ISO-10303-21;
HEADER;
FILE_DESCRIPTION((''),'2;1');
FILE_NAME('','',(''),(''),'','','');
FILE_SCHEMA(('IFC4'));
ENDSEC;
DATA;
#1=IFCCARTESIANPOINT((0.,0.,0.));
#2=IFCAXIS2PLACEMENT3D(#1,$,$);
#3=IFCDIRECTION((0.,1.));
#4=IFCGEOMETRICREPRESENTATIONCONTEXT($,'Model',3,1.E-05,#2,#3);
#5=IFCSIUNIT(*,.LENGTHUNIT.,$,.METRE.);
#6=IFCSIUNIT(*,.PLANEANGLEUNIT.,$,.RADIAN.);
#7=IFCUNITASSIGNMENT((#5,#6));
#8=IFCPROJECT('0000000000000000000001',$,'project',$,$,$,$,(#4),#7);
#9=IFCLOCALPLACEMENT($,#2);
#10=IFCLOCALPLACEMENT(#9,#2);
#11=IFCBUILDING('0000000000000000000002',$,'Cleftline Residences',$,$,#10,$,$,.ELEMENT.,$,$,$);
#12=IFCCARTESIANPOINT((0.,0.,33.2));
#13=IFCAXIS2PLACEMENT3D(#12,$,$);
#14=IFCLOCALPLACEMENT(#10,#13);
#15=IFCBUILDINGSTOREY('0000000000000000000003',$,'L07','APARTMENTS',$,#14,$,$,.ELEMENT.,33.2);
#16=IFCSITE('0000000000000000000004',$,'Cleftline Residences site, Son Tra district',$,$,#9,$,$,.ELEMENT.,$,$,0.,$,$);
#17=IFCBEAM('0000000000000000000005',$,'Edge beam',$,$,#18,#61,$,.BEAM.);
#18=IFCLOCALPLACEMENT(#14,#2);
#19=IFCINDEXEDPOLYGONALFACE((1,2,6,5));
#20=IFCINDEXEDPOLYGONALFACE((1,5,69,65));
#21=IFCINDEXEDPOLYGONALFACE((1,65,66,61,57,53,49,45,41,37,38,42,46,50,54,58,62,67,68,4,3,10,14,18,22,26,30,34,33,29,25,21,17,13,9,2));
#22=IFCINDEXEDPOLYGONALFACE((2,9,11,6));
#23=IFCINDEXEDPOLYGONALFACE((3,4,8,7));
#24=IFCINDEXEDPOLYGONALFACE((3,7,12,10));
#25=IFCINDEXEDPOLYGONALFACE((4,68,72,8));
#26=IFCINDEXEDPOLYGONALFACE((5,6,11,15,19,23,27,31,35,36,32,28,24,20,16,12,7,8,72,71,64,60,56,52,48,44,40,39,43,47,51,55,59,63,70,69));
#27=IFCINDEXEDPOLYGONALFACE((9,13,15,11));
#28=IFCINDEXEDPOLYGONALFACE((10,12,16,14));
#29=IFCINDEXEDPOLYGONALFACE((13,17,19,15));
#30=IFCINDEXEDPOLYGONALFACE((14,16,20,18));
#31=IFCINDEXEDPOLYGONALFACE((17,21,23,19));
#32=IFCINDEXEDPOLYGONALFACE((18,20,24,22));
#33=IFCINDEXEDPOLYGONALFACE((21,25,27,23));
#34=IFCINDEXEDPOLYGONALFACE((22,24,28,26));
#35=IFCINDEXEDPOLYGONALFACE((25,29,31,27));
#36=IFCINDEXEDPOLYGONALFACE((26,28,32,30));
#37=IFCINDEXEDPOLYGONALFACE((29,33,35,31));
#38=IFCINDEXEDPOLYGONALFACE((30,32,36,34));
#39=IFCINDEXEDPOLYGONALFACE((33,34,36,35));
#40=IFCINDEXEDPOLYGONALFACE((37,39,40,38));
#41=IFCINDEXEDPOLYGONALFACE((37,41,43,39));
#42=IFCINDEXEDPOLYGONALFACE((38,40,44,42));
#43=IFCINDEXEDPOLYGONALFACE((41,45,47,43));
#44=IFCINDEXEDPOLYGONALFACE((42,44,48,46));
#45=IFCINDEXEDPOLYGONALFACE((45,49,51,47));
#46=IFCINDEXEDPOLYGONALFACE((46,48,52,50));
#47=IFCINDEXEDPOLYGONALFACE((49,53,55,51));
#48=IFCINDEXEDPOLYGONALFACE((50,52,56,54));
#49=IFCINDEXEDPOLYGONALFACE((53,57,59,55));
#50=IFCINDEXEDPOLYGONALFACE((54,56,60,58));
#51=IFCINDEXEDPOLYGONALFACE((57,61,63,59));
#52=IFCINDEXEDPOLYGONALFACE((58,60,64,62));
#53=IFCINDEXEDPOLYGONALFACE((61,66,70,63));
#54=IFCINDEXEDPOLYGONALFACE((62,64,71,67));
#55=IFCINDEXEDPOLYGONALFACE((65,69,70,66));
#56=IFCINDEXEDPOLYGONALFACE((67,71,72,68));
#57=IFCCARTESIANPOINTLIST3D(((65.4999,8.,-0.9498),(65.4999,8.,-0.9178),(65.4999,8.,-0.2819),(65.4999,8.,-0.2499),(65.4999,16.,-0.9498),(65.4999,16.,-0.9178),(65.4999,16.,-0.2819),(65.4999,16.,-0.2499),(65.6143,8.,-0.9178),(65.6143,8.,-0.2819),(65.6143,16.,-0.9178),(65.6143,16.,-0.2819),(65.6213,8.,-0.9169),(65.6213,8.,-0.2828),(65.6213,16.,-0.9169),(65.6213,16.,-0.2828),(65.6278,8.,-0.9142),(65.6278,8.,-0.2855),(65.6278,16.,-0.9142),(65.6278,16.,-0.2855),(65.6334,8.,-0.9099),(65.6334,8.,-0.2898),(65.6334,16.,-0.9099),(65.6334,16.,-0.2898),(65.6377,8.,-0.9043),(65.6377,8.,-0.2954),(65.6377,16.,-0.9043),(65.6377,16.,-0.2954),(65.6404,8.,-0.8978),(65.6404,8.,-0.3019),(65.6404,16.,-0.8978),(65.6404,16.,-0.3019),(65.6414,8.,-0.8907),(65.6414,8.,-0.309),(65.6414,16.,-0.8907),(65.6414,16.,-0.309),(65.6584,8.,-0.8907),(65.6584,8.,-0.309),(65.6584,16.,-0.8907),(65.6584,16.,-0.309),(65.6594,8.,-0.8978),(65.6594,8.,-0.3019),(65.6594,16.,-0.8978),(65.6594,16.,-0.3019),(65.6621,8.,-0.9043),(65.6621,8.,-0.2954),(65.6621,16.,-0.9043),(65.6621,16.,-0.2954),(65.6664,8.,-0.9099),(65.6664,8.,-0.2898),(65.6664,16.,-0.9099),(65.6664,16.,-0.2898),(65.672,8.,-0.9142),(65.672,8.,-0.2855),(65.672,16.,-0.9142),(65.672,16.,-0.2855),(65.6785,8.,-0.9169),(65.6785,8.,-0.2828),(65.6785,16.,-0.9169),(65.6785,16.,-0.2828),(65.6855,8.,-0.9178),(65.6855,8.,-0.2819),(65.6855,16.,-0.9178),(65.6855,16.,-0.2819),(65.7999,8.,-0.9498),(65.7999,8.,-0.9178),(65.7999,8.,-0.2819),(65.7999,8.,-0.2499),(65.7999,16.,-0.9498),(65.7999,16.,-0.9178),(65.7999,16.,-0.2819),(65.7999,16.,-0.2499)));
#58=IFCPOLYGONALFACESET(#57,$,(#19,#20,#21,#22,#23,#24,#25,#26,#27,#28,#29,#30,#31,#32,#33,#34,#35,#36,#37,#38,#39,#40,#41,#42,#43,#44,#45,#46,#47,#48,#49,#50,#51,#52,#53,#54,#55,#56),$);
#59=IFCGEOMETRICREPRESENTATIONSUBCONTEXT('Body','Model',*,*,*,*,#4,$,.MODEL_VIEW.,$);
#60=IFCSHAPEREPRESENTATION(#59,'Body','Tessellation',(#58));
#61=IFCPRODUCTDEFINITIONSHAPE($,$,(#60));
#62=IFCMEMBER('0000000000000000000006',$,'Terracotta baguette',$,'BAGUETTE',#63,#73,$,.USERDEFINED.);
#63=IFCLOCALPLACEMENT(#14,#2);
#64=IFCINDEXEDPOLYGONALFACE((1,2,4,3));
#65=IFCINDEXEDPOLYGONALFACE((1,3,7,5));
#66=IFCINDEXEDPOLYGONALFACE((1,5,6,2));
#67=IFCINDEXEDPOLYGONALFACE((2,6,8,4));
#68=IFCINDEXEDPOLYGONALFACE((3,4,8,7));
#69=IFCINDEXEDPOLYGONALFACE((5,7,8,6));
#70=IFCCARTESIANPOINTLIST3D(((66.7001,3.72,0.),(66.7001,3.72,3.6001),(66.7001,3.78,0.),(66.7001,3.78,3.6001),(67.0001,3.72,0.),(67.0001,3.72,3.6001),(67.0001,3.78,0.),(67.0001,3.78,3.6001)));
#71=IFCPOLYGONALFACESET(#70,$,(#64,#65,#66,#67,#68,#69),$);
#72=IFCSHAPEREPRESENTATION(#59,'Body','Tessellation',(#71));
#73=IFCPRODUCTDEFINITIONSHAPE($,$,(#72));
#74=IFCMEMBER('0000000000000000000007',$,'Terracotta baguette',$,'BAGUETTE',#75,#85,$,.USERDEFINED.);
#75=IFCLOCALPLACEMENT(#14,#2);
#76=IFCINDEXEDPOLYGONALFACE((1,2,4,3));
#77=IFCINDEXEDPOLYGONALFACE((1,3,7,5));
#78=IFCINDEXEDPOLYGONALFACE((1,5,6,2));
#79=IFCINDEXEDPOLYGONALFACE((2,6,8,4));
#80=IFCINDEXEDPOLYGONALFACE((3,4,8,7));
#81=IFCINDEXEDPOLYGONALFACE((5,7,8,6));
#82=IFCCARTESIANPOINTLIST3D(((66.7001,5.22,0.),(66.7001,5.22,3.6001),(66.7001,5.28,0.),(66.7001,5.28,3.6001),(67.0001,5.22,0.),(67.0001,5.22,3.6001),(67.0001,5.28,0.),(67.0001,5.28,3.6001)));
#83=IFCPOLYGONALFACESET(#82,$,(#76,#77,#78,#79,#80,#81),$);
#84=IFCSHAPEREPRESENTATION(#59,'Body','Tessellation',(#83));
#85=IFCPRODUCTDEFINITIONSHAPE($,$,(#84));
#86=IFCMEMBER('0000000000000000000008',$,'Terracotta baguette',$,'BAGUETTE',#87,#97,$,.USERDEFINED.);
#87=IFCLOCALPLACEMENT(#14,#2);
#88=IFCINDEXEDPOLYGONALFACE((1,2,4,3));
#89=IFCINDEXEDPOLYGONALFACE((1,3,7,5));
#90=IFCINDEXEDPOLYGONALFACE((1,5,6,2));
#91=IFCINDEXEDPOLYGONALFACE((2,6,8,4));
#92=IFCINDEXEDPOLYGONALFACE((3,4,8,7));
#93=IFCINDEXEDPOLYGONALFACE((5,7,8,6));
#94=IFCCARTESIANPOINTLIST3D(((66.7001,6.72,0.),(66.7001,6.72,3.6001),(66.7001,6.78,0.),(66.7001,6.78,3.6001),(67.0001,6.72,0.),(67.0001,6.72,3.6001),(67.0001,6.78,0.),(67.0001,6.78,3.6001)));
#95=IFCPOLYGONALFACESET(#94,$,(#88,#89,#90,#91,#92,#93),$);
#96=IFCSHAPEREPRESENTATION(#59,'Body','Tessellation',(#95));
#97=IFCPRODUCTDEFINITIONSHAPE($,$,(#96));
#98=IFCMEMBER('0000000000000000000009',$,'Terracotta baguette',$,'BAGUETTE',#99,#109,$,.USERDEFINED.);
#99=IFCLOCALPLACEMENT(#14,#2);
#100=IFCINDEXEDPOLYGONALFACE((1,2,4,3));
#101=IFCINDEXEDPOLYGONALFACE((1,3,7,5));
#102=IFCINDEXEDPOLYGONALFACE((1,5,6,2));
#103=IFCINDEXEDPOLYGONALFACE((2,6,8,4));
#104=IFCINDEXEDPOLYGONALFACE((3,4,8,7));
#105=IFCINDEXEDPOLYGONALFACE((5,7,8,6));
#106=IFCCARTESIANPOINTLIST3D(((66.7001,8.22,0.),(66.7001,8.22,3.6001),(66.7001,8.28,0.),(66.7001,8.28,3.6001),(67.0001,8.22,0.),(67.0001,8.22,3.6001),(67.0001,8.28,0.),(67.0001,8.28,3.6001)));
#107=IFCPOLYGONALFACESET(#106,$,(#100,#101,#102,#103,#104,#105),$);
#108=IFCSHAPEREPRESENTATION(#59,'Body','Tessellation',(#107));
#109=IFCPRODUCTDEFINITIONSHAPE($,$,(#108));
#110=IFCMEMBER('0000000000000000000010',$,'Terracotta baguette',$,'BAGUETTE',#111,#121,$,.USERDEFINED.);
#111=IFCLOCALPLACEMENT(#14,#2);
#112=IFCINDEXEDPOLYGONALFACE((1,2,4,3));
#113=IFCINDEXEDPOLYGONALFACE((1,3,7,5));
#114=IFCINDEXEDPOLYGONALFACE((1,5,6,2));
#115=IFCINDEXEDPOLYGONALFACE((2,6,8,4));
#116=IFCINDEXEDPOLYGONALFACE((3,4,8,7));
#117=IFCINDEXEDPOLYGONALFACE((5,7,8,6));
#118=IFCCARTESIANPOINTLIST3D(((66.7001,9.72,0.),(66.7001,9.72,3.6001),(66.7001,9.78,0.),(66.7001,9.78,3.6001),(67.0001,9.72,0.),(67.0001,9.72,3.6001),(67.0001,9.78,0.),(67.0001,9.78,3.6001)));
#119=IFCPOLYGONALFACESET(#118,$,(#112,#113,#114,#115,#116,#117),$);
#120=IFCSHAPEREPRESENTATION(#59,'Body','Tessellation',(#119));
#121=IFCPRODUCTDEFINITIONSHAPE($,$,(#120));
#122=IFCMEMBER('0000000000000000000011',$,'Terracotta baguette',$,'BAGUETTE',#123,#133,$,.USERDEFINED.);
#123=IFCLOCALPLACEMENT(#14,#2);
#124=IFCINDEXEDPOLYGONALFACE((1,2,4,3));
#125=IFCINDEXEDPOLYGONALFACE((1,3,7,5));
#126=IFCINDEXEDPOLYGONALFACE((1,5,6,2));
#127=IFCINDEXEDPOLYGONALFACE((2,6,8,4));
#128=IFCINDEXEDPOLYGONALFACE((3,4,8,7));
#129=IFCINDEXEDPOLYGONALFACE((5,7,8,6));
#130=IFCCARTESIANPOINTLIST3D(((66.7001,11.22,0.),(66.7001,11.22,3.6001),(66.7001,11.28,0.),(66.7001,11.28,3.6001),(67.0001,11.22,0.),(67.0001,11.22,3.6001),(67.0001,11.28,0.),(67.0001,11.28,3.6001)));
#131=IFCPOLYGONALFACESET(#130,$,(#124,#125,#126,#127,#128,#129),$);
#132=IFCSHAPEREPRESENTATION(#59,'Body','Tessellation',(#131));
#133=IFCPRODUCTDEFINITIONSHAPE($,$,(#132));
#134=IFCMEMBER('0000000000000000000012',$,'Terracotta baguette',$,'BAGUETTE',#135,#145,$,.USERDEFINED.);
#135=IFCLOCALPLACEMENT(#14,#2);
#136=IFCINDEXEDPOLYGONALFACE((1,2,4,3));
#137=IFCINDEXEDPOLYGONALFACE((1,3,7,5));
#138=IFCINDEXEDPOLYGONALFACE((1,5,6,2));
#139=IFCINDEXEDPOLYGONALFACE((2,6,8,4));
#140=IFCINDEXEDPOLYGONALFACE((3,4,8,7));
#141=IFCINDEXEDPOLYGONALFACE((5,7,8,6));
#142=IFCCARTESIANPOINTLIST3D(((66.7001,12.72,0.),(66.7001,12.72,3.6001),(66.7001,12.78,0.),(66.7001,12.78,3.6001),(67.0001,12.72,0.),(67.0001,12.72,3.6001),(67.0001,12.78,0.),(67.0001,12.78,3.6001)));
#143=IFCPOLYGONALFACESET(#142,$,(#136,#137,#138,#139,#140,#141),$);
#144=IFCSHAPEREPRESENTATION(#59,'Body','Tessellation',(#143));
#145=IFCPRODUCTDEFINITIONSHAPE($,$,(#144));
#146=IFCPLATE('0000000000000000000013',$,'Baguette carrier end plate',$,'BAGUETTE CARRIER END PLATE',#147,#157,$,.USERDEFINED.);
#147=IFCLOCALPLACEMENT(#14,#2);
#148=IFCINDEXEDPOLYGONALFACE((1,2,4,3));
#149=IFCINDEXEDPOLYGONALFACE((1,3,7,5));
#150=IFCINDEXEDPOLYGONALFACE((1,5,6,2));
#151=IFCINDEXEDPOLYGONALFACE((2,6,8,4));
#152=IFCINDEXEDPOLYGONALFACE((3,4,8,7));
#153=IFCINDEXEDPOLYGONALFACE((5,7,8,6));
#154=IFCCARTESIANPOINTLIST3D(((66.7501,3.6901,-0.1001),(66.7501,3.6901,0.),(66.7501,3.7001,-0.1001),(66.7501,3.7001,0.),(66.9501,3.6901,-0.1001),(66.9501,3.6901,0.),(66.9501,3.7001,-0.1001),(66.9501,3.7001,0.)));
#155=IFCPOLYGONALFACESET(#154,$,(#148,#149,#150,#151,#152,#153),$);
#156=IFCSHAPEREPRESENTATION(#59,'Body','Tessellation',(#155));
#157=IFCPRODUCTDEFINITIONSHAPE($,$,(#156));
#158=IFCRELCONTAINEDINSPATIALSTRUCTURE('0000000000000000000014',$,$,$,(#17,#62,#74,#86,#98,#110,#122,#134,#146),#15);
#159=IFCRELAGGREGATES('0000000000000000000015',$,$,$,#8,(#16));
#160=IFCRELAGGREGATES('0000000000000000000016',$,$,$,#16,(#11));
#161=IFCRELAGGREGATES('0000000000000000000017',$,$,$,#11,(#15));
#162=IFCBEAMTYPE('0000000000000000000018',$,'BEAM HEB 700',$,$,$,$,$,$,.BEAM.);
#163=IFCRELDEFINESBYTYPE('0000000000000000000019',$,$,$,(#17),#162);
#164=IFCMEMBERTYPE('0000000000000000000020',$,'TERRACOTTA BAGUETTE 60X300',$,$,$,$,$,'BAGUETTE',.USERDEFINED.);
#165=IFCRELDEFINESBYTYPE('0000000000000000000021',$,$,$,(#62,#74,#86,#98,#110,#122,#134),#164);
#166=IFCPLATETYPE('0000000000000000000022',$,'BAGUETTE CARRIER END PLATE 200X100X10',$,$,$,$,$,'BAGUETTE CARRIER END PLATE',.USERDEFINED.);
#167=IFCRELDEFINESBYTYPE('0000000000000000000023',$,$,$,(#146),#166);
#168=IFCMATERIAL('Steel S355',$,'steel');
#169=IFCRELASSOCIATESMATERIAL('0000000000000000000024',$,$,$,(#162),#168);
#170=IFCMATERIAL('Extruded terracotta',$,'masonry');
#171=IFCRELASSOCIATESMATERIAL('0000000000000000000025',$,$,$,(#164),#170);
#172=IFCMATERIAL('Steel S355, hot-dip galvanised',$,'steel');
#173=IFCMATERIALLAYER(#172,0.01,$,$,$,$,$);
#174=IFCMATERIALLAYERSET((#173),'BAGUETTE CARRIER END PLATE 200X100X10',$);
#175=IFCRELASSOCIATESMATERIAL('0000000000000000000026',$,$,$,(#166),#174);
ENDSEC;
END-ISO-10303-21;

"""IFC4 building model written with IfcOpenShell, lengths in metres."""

from ifc_helpers import new_model, si_unit, direction, frame, origin, origin_2d, place, context, subcontext, project, spatial, rectangle, i_section, extrude, material, layer, layer_set, material_profile, profile_set, type_object, element, save


model = new_model("IFC4")

# Units and contexts
model_context = context("Model", 3, precision=1e-05, world=origin(), true_north=direction((0.0, 1.0)))
body_context = subcontext(model_context, "Body", "Model", "MODEL_VIEW")
ifc_project = project(units=[si_unit("LENGTHUNIT", "METRE"), si_unit("PLANEANGLEUNIT", "RADIAN")], contexts=[model_context])

# Site, building, storey
site_placement = place(None, origin())
site = spatial("IfcSite", under=ifc_project, at=site_placement, Name="Cleftline Residences site, Son Tra district", CompositionType="ELEMENT", RefElevation=0.0)
building_placement = place(site_placement, origin())
building = spatial("IfcBuilding", under=site, at=building_placement, Name="Cleftline Residences", CompositionType="ELEMENT")
storey_placement = place(building_placement, frame((0.0, 0.0, 33.2)))
storey = spatial("IfcBuildingStorey", under=building, at=storey_placement, Name="L07", Description="APARTMENTS", CompositionType="ELEMENT", Elevation=33.2)

# Beam
ifc_material_1 = material(Name="Steel S355", Category="steel")
ifc_material_profile_1 = material_profile(ifc_material_1, i_section(OverallWidth=0.3, OverallDepth=0.7, WebThickness=0.0171, FlangeThickness=0.032, FilletRadius=0.0271, at=origin_2d()))
ifc_profile_set_1 = profile_set([ifc_material_profile_1], Name="Steel S355")
beam_type = type_object("IfcBeamType", Name="BEAM HEB 700", PredefinedType="BEAM", material=ifc_profile_set_1)
beam_placement = place(storey_placement, frame((65.6499, 8.0, -0.5999), z_axis=(0.0, 1.0, 0.0), x_axis=(-1.0, 0.0, 0.0)))
element("IfcBeam", 1, at=beam_placement, inside=storey, type_object=beam_type, Name="Edge beam", PredefinedType="BEAM", context=body_context, shape_type="SweptSolid", body=[
    extrude(i_section(OverallWidth=0.3, OverallDepth=0.7, WebThickness=0.0171, FlangeThickness=0.032, FilletRadius=0.0271, at=origin_2d()), origin(), (0.0, 0.0, 1.0), 8.0),
])

# Members
ifc_material_2 = material(Name="Extruded terracotta", Category="masonry")
ifc_material_profile_2 = material_profile(ifc_material_2, rectangle(XDim=0.0601, YDim=0.3, at=origin_2d()))
ifc_profile_set_2 = profile_set([ifc_material_profile_2], Name="Extruded terracotta")
member_type_1 = type_object("IfcMemberType", Name="TERRACOTTA BAGUETTE 60X300", ElementType="BAGUETTE", PredefinedType="USERDEFINED", material=ifc_profile_set_2)
for number, where, z_axis, x_axis, name in (
    (2, (66.8501, 3.75, 0.0), (0.0, 0.0, 1.0), (0.0, 1.0, 0.0), "Terracotta baguette"),
    (3, (66.8501, 5.25, 0.0), (0.0, 0.0, 1.0), (0.0, 1.0, 0.0), "Terracotta baguette"),
    (4, (66.8501, 6.75, 0.0), (0.0, 0.0, 1.0), (0.0, 1.0, 0.0), "Terracotta baguette"),
    (5, (66.8501, 8.25, 0.0), (0.0, 0.0, 1.0), (0.0, 1.0, 0.0), "Terracotta baguette"),
    (6, (66.8501, 9.75, 0.0), (0.0, 0.0, 1.0), (0.0, 1.0, 0.0), "Terracotta baguette"),
    (7, (66.8501, 11.25, 0.0), (0.0, 0.0, 1.0), (0.0, 1.0, 0.0), "Terracotta baguette"),
    (8, (66.8501, 12.75, 0.0), (0.0, 0.0, 1.0), (0.0, 1.0, 0.0), "Terracotta baguette"),
):
    element("IfcMember", number, at=place(storey_placement, frame(where, z_axis=z_axis, x_axis=x_axis)), inside=storey, type_object=member_type_1, Name=name, ObjectType="BAGUETTE", PredefinedType="USERDEFINED", context=body_context, shape_type="SweptSolid", body=[
        extrude(rectangle(XDim=0.0601, YDim=0.3, at=origin_2d()), origin(), (0.0, 0.0, 1.0), 3.6001),
    ])

# Plate
ifc_material_3 = material(Name="Steel S355, hot-dip galvanised", Category="steel")
ifc_layer_1 = layer(ifc_material_3, 0.01)
ifc_layer_set_1 = layer_set([ifc_layer_1], Name="BAGUETTE CARRIER END PLATE 200X100X10")
plate_type = type_object("IfcPlateType", Name="BAGUETTE CARRIER END PLATE 200X100X10", ElementType="BAGUETTE CARRIER END PLATE", PredefinedType="USERDEFINED", material=ifc_layer_set_1)
plate_placement = place(storey_placement, frame((66.8501, 3.6951, -0.1001), z_axis=(0.0, 0.0, 1.0), x_axis=(1.0, 0.0, 0.0)))
element("IfcPlate", 9, at=plate_placement, inside=storey, type_object=plate_type, Name="Baguette carrier end plate", ObjectType="BAGUETTE CARRIER END PLATE", PredefinedType="USERDEFINED", context=body_context, shape_type="SweptSolid", body=[
    extrude(rectangle(XDim=0.2, YDim=0.01, at=origin_2d()), origin(), (0.0, 0.0, 1.0), 0.1001),
])

save(model, "model.ifc")
